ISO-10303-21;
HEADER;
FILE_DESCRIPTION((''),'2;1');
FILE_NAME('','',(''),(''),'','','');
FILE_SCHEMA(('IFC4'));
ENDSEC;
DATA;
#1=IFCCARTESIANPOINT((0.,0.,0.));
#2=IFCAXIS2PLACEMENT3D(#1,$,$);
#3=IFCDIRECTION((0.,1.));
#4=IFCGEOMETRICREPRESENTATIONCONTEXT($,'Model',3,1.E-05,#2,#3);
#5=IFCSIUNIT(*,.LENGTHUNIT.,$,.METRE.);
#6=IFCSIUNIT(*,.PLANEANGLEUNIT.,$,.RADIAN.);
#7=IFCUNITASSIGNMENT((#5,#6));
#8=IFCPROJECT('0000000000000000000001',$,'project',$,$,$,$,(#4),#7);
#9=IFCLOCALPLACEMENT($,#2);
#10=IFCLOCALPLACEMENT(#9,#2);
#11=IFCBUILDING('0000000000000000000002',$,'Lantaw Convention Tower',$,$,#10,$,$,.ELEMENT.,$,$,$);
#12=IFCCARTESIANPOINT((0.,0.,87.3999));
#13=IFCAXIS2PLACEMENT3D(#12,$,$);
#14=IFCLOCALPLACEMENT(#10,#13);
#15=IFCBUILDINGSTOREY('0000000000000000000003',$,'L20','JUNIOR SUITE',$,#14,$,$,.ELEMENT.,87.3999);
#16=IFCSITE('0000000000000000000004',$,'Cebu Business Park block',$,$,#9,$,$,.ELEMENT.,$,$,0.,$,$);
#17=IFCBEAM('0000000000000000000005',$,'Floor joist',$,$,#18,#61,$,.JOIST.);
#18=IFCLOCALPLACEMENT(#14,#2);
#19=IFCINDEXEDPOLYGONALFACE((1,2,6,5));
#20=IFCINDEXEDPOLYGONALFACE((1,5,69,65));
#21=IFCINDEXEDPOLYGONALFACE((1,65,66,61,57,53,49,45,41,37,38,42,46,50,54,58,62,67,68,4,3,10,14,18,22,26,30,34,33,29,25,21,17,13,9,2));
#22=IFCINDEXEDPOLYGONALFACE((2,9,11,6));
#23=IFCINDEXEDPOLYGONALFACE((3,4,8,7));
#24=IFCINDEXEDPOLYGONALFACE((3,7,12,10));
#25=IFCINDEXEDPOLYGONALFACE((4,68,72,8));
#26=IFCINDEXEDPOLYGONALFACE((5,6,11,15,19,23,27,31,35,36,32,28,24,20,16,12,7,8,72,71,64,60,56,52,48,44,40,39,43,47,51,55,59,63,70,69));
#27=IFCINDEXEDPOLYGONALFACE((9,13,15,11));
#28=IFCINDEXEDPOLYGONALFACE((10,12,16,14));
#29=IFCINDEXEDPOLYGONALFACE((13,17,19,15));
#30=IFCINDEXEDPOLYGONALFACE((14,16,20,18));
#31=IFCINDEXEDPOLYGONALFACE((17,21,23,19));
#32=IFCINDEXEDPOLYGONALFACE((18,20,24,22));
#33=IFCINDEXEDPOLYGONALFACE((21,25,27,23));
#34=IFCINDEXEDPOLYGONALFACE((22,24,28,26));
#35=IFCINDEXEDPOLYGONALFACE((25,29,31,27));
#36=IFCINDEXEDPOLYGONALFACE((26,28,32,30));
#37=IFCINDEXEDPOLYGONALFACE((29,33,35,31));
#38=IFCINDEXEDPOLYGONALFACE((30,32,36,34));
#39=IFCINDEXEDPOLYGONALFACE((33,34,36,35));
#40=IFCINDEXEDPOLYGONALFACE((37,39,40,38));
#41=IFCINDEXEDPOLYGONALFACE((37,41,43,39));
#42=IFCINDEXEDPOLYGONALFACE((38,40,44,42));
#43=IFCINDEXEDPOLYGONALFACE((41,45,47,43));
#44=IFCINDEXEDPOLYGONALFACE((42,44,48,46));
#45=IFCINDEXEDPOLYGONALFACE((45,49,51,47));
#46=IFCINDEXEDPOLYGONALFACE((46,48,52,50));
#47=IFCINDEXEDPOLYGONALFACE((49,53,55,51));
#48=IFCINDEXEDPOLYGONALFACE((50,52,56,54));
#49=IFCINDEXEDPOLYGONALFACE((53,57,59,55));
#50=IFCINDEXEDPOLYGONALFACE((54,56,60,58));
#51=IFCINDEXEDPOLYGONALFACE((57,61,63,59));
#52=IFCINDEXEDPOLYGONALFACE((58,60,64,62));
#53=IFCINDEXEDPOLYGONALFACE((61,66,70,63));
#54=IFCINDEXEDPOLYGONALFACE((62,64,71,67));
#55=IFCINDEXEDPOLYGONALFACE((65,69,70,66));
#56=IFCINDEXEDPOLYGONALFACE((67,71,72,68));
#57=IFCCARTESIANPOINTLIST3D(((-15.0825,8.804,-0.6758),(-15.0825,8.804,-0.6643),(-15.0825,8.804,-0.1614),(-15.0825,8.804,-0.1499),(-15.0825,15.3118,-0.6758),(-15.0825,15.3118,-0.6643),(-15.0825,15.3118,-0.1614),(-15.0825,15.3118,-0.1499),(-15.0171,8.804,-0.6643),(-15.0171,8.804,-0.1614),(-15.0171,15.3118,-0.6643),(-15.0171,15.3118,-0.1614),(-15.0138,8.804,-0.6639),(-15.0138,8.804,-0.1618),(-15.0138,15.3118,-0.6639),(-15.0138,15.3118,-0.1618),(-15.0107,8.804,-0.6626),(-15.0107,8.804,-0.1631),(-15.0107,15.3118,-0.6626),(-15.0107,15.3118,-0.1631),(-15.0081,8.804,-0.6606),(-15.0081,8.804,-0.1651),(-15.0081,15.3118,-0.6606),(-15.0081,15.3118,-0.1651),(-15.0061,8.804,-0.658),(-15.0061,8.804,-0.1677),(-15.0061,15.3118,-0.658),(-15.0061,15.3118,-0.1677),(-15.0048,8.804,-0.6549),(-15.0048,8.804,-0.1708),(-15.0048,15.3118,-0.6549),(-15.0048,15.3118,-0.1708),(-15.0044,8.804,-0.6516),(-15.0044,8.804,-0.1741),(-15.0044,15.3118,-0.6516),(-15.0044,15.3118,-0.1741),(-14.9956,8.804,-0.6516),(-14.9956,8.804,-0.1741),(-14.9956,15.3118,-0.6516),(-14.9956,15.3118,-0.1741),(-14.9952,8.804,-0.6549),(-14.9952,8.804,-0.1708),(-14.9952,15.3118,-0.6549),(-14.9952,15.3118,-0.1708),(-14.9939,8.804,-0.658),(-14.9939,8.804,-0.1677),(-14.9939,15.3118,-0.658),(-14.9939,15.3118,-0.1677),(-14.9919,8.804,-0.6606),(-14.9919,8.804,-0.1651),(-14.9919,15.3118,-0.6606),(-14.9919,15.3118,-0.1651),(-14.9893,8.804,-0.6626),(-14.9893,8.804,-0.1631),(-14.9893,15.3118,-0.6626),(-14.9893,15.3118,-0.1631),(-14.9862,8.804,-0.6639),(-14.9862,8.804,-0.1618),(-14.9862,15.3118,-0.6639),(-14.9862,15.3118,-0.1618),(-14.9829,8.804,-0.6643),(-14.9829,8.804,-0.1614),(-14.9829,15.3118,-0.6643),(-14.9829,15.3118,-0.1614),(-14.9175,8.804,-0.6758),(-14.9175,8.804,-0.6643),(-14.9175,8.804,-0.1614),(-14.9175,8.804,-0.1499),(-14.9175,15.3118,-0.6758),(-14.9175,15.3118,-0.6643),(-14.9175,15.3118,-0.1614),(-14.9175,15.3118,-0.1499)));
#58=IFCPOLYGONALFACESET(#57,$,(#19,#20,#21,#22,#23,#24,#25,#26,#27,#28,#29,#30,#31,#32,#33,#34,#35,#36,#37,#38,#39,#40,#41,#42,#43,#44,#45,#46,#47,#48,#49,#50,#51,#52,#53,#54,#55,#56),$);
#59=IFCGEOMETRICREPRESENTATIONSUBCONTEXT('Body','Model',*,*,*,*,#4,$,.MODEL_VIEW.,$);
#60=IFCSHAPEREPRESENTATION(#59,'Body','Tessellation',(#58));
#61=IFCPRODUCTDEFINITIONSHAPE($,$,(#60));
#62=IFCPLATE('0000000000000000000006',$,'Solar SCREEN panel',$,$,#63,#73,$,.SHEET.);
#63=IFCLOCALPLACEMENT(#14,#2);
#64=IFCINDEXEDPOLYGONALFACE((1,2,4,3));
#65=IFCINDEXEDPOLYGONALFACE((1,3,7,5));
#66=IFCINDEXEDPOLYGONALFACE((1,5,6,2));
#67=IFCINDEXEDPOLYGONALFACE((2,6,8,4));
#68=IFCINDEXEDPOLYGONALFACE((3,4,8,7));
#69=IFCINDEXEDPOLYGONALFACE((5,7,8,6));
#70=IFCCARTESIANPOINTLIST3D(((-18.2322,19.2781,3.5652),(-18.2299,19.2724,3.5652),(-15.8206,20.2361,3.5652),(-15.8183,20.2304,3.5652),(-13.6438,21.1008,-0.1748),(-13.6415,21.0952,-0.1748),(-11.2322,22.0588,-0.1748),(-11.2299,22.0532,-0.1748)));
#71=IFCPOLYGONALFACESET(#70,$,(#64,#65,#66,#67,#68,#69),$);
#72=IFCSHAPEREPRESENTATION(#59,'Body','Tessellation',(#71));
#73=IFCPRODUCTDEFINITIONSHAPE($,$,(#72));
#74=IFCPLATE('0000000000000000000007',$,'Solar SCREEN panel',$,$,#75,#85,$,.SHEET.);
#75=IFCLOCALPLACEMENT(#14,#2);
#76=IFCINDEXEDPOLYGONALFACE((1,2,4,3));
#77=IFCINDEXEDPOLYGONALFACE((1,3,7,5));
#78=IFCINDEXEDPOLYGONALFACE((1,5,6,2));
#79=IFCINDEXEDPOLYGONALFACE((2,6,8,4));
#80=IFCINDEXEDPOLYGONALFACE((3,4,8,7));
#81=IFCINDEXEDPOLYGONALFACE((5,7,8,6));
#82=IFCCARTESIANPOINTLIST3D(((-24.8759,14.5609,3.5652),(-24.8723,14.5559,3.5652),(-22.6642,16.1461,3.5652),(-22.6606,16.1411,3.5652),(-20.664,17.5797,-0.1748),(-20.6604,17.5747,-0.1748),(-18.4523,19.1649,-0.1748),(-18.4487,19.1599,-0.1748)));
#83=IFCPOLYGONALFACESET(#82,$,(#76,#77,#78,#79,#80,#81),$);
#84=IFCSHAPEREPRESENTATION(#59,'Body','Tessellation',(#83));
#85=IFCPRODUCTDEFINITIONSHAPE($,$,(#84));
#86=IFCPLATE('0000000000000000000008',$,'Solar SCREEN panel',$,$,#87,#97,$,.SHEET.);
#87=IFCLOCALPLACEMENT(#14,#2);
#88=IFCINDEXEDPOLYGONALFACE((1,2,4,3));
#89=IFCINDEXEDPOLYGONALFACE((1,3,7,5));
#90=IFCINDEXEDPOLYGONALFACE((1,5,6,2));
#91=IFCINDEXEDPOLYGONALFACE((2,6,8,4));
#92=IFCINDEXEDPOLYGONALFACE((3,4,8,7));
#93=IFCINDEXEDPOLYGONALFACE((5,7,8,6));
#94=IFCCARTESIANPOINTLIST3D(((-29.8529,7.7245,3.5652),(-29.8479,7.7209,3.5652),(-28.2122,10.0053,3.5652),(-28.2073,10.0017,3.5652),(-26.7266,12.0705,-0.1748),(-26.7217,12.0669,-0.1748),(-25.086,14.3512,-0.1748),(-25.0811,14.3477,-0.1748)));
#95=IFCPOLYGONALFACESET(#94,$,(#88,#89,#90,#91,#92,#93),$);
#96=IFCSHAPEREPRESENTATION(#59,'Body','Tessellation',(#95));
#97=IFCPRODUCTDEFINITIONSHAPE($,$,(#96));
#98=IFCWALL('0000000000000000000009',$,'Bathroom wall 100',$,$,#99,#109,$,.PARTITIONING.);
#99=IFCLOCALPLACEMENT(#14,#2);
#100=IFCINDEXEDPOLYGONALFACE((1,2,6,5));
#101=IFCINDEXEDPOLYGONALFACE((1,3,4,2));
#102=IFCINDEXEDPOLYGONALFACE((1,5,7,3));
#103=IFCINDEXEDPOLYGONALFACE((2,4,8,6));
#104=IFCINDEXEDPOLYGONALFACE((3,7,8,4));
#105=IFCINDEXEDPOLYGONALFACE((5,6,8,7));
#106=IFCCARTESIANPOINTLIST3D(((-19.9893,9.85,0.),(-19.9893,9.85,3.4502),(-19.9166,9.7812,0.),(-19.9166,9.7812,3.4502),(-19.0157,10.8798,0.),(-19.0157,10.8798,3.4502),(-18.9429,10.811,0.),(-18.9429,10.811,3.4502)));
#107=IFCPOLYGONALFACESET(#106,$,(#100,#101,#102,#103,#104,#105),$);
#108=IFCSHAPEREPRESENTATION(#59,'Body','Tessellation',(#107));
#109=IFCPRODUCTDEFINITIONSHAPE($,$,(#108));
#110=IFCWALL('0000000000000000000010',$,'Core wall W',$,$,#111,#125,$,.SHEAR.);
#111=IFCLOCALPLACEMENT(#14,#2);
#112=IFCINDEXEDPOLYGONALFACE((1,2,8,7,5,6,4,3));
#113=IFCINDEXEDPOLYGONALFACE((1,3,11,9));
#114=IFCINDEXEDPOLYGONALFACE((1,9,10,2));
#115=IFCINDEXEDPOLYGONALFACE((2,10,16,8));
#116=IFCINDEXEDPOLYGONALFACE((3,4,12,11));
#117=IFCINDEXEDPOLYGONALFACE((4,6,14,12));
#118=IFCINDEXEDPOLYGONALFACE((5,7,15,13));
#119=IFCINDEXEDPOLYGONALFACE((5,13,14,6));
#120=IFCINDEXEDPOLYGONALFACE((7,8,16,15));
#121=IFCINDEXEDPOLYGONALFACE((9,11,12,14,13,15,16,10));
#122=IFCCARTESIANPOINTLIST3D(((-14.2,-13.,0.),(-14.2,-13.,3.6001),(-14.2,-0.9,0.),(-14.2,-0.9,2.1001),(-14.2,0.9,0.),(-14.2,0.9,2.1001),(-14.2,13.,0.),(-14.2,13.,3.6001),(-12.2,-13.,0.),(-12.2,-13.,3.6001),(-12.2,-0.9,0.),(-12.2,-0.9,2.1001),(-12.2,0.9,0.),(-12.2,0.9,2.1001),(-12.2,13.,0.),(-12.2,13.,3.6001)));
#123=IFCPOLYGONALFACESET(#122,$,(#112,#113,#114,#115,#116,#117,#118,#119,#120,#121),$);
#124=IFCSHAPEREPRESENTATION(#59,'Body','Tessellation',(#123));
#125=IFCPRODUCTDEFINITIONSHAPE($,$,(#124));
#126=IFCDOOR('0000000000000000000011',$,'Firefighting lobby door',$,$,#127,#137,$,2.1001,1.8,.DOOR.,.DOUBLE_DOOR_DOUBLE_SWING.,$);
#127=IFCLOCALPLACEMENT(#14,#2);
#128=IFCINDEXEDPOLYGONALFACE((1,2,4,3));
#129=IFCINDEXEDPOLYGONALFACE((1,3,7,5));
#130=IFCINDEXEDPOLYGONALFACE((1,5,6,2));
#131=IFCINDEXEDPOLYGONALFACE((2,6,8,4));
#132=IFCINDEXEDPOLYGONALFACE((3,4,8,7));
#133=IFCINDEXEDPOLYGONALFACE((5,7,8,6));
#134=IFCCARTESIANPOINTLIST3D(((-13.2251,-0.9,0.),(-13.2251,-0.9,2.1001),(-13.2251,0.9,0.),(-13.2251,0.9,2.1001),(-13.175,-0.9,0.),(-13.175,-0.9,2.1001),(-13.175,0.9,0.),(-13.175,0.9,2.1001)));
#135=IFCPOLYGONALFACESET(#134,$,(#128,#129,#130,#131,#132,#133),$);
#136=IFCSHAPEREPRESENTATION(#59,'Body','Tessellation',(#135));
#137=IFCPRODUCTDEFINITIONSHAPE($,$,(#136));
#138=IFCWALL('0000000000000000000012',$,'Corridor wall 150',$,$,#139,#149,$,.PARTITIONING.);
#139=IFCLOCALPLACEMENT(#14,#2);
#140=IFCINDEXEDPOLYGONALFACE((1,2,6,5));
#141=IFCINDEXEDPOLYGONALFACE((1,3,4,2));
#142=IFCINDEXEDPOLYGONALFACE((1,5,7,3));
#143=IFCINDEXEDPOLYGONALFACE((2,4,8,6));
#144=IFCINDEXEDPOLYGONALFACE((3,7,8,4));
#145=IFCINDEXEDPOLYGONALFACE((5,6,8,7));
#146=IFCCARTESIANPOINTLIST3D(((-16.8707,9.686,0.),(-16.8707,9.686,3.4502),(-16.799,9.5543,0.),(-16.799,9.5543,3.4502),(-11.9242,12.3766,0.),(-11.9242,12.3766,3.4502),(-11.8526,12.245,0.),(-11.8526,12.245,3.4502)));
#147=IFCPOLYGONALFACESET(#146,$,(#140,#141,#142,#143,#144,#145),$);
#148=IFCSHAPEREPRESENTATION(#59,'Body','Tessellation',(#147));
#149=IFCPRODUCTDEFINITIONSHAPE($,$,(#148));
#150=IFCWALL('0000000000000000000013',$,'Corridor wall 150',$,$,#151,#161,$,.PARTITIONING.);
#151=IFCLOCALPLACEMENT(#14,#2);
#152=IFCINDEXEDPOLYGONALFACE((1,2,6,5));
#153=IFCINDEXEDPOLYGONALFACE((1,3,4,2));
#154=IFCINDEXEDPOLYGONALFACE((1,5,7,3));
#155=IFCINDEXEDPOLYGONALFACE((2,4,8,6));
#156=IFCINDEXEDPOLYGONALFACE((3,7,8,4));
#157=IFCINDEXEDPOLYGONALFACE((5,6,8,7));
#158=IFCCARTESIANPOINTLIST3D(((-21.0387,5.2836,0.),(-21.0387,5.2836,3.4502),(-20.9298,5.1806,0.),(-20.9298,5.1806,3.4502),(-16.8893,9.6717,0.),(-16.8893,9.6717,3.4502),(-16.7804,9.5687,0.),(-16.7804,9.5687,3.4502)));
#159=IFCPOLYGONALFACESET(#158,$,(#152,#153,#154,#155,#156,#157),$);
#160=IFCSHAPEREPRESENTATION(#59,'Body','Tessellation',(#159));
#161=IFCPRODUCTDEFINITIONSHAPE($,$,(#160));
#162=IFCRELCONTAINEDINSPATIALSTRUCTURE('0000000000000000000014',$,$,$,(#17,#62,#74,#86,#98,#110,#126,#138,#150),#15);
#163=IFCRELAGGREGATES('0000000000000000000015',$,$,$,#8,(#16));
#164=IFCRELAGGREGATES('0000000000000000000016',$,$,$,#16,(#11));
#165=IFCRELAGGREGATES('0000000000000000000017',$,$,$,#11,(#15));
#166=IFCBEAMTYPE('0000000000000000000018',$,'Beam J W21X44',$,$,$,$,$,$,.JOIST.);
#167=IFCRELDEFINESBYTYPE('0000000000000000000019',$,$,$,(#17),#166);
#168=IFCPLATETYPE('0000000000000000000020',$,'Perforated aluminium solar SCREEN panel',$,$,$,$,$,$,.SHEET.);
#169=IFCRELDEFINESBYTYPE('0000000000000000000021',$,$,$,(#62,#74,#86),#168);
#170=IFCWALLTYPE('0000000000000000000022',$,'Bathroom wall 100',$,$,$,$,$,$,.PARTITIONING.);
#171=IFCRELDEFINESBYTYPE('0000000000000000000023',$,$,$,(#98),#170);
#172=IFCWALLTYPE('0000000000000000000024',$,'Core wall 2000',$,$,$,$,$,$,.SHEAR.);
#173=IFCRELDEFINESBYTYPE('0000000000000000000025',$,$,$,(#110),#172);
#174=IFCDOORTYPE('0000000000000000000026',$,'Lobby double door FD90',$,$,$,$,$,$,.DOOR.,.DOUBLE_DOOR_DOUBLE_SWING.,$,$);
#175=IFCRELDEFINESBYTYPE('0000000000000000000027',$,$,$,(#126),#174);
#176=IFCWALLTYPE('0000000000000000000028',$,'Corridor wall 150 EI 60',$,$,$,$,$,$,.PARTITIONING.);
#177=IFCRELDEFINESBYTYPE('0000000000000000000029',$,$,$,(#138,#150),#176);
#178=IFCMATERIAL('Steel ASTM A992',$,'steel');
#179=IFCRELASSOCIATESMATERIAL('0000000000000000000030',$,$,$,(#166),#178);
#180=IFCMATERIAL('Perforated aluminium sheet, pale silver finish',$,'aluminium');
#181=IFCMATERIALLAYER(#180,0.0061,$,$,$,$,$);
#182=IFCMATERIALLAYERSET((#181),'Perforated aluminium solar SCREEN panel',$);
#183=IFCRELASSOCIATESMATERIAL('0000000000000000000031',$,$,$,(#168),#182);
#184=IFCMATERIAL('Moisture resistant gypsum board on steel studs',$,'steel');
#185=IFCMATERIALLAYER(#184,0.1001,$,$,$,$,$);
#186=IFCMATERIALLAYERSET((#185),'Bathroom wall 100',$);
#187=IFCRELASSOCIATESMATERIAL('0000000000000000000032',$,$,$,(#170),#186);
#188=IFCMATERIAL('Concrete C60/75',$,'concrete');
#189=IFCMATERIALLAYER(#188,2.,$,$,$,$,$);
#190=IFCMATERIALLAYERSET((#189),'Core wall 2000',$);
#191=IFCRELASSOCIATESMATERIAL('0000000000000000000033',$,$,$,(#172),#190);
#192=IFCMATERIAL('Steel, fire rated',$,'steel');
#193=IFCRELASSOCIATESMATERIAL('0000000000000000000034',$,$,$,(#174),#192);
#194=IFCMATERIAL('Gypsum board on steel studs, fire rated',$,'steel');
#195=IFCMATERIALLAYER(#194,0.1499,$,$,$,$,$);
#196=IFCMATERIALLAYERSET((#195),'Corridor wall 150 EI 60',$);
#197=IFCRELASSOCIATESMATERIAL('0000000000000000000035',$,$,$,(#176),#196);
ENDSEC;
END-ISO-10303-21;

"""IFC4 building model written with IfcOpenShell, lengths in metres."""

from ifc_helpers import new_model, si_unit, direction, frame, frame_2d, origin, origin_2d, place, context, subcontext, project, spatial, polyline, rectangle, i_section, outline, extrude, material, layer, layer_set, material_profile, profile_set, type_object, element, fill, save


model = new_model("IFC4")

# Units and contexts
model_context = context("Model", 3, precision=1e-05, world=origin(), true_north=direction((0.0, 1.0)))
body_context = subcontext(model_context, "Body", "Model", "MODEL_VIEW")
ifc_project = project(units=[si_unit("LENGTHUNIT", "METRE"), si_unit("PLANEANGLEUNIT", "RADIAN")], contexts=[model_context])

# Site, building, storey
site_placement = place(None, origin())
site = spatial("IfcSite", under=ifc_project, at=site_placement, Name="Cebu Business Park block", CompositionType="ELEMENT", RefElevation=0.0)
building_placement = place(site_placement, origin())
building = spatial("IfcBuilding", under=site, at=building_placement, Name="Lantaw Convention Tower", CompositionType="ELEMENT")
storey_placement = place(building_placement, frame((0.0, 0.0, 87.3999)))
storey = spatial("IfcBuildingStorey", under=building, at=storey_placement, Name="L20", Description="JUNIOR SUITE", CompositionType="ELEMENT", Elevation=87.3999)

# Shared definitions
ifc_material_1 = material(Name="Concrete C60/75", Category="concrete")

# Beam
ifc_material_2 = material(Name="Steel ASTM A992", Category="steel")
ifc_material_profile_1 = material_profile(ifc_material_2, i_section(OverallWidth=0.165, OverallDepth=0.5259, WebThickness=0.0088, FlangeThickness=0.0115, FilletRadius=0.0127, at=origin_2d()), Name="W21X44")
ifc_profile_set_1 = profile_set([ifc_material_profile_1], Name="Steel ASTM A992")
beam_type_1 = type_object("IfcBeamType", Name="Beam J W21X44", PredefinedType="JOIST", material=ifc_profile_set_1)
beam_1_placement = place(storey_placement, frame((-15.0, 8.804, -0.4128), z_axis=(0.0, 1.0, 0.0), x_axis=(-1.0, 0.0, 0.0)))
element("IfcBeam", 1, at=beam_1_placement, inside=storey, type_object=beam_type_1, Name="Floor joist", PredefinedType="JOIST", context=body_context, shape_type="SweptSolid", body=[
    extrude(i_section(OverallWidth=0.165, OverallDepth=0.5259, WebThickness=0.0088, FlangeThickness=0.0115, FilletRadius=0.0127, at=origin_2d()), origin(), (0.0, 0.0, 1.0), 6.5078),
])

# Plates
ifc_material_3 = material(Name="Perforated aluminium sheet, pale silver finish", Category="aluminium")
ifc_layer_1 = layer(ifc_material_3, 0.0061)
ifc_layer_set_1 = layer_set([ifc_layer_1], Name="Perforated aluminium solar SCREEN panel")
plate_type = type_object("IfcPlateType", Name="Perforated aluminium solar SCREEN panel", PredefinedType="SHEET", material=ifc_layer_set_1)
plate_1_placement = place(storey_placement, frame((-11.2322, 22.0588, -0.1748), z_axis=(-0.369184, 0.929357, 0.000009), x_axis=(-0.929357, -0.369184, 0.0)))
element("IfcPlate", 2, at=plate_1_placement, inside=storey, type_object=plate_type, Name="Solar SCREEN panel", PredefinedType="SHEET", context=body_context, shape_type="SweptSolid", body=[
    extrude(outline(polyline([(0.0, 0.0), (2.5949, 0.0), (7.5321, 3.74), (4.9372, 3.74), (0.0, 0.0)])), origin(), (0.0, 0.0, -1.0), 0.0061),
])
plate_2_placement = place(storey_placement, frame((-18.4487, 19.1599, -0.1748), z_axis=(0.582561, -0.812787, 0.000016), x_axis=(-0.812787, -0.582561, 0.0)))
element("IfcPlate", 3, at=plate_2_placement, inside=storey, type_object=plate_type, Name="Solar SCREEN panel", PredefinedType="SHEET", context=body_context, shape_type="SweptSolid", body=[
    extrude(outline(polyline([(0.0, 0.0), (2.7211, 0.0), (7.9031, -3.74), (5.182, -3.74), (0.0, 0.0)])), origin(), (0.0, 0.0, -1.0), 0.0061),
])
plate_3_placement = place(storey_placement, frame((-25.0811, 14.3477, -0.1748), z_axis=(0.811791, -0.583948, 0.000009), x_axis=(-0.583948, -0.811791, 0.0)))
element("IfcPlate", 4, at=plate_3_placement, inside=storey, type_object=plate_type, Name="Solar SCREEN panel", PredefinedType="SHEET", context=body_context, shape_type="SweptSolid", body=[
    extrude(outline(polyline([(0.0, 0.0), (2.8095, 0.0), (8.1631, -3.74), (5.3536, -3.74), (0.0, 0.0)])), origin(), (0.0, 0.0, -1.0), 0.0061),
])

# Wall
ifc_material_4 = material(Name="Moisture resistant gypsum board on steel studs", Category="steel")
ifc_layer_2 = layer(ifc_material_4, 0.1001)
ifc_layer_set_2 = layer_set([ifc_layer_2], Name="Bathroom wall 100")
wall_type_1 = type_object("IfcWallType", Name="Bathroom wall 100", PredefinedType="PARTITIONING", material=ifc_layer_set_2)
wall_1_placement = place(storey_placement, frame((-19.9529, 9.8157, 0.0), z_axis=(0.0, 0.0, 1.0), x_axis=(0.687018, 0.72664, 0.0)))
element("IfcWall", 5, at=wall_1_placement, inside=storey, type_object=wall_type_1, Name="Bathroom wall 100", PredefinedType="PARTITIONING", context=body_context, shape_type="SweptSolid", body=[
    extrude(rectangle(XDim=1.4172, YDim=0.1001, at=frame_2d((0.7085, 0.0))), origin(), (0.0, 0.0, 1.0), 3.4502),
])

# Wall, opening, door
ifc_layer_3 = layer(ifc_material_1, 2.0)
ifc_layer_set_3 = layer_set([ifc_layer_3], Name="Core wall 2000")
wall_type_2 = type_object("IfcWallType", Name="Core wall 2000", PredefinedType="SHEAR", material=ifc_layer_set_3)
wall_2_placement = place(storey_placement, frame((-13.2, 13.0, 0.0), z_axis=(0.0, 0.0, 1.0), x_axis=(0.0, -1.0, 0.0)))
wall_2 = element("IfcWall", 6, at=wall_2_placement, inside=storey, type_object=wall_type_2, Name="Core wall W", PredefinedType="SHEAR", context=body_context, shape_type="SweptSolid", body=[
    extrude(rectangle(XDim=26.0, YDim=2.0, at=frame_2d((13.0, 0.0))), origin(), (0.0, 0.0, 1.0), 3.6001),
])
opening_1_placement = place(wall_2_placement, frame((12.1001, 0.0, 0.0)))
opening_1 = element("IfcOpeningElement", 7, at=opening_1_placement, cuts=wall_2, PredefinedType="OPENING", context=body_context, shape_type="SweptSolid", body=[
    extrude(rectangle(XDim=1.8, YDim=2.1001, at=frame_2d((0.8999, 1.05))), frame((0.0, 1.01, 0.0), z_axis=(0.0, -1.0, 0.0), x_axis=(1.0, 0.0, 0.0)), (0.0, 0.0, 1.0), 2.02),
])
ifc_material_5 = material(Name="Steel, fire rated", Category="steel")
door_type_1 = type_object("IfcDoorType", Name="Lobby double door FD90", OperationType="DOUBLE_DOOR_DOUBLE_SWING", PredefinedType="DOOR", material=ifc_material_5)
door_1_placement = place(opening_1_placement, origin())
door_1 = element("IfcDoor", 8, at=door_1_placement, inside=storey, type_object=door_type_1, Name="Firefighting lobby door", OperationType="DOUBLE_DOOR_DOUBLE_SWING", OverallHeight=2.1001, OverallWidth=1.8, PredefinedType="DOOR", context=body_context, shape_type="SweptSolid", body=[
    extrude(rectangle(XDim=1.8, YDim=2.1001, at=frame_2d((0.8999, 1.05))), frame((0.0, 0.0249, 0.0), z_axis=(0.0, -1.0, 0.0), x_axis=(1.0, 0.0, 0.0)), (0.0, 0.0, 1.0), 0.05),
])
fill(opening_1, door_1)

# Walls
ifc_material_6 = material(Name="Gypsum board on steel studs, fire rated", Category="steel")
ifc_layer_4 = layer(ifc_material_6, 0.1499)
ifc_layer_set_4 = layer_set([ifc_layer_4], Name="Corridor wall 150 EI 60")
wall_type_3 = type_object("IfcWallType", Name="Corridor wall 150 EI 60", PredefinedType="PARTITIONING", material=ifc_layer_set_4)
wall_3_placement = place(storey_placement, frame((-11.8884, 12.3108, 0.0), z_axis=(0.0, 0.0, 1.0), x_axis=(-0.87845, -0.477834, 0.0)))
element("IfcWall", 9, at=wall_3_placement, inside=storey, type_object=wall_type_3, Name="Corridor wall 150", PredefinedType="PARTITIONING", context=body_context, shape_type="SweptSolid", body=[
    extrude(rectangle(XDim=5.6309, YDim=0.1499, at=frame_2d((2.8154, 0.0))), origin(), (0.0, 0.0, 1.0), 3.4502),
])
wall_4_placement = place(storey_placement, frame((-16.835, 9.6201, 0.0), z_axis=(0.0, 0.0, 1.0), x_axis=(-0.687063, -0.726598, 0.0)))
element("IfcWall", 10, at=wall_4_placement, inside=storey, type_object=wall_type_3, Name="Corridor wall 150", PredefinedType="PARTITIONING", context=body_context, shape_type="SweptSolid", body=[
    extrude(rectangle(XDim=6.0393, YDim=0.1499, at=frame_2d((3.0195, 0.0))), origin(), (0.0, 0.0, 1.0), 3.4502),
])

save(model, "model.ifc")
